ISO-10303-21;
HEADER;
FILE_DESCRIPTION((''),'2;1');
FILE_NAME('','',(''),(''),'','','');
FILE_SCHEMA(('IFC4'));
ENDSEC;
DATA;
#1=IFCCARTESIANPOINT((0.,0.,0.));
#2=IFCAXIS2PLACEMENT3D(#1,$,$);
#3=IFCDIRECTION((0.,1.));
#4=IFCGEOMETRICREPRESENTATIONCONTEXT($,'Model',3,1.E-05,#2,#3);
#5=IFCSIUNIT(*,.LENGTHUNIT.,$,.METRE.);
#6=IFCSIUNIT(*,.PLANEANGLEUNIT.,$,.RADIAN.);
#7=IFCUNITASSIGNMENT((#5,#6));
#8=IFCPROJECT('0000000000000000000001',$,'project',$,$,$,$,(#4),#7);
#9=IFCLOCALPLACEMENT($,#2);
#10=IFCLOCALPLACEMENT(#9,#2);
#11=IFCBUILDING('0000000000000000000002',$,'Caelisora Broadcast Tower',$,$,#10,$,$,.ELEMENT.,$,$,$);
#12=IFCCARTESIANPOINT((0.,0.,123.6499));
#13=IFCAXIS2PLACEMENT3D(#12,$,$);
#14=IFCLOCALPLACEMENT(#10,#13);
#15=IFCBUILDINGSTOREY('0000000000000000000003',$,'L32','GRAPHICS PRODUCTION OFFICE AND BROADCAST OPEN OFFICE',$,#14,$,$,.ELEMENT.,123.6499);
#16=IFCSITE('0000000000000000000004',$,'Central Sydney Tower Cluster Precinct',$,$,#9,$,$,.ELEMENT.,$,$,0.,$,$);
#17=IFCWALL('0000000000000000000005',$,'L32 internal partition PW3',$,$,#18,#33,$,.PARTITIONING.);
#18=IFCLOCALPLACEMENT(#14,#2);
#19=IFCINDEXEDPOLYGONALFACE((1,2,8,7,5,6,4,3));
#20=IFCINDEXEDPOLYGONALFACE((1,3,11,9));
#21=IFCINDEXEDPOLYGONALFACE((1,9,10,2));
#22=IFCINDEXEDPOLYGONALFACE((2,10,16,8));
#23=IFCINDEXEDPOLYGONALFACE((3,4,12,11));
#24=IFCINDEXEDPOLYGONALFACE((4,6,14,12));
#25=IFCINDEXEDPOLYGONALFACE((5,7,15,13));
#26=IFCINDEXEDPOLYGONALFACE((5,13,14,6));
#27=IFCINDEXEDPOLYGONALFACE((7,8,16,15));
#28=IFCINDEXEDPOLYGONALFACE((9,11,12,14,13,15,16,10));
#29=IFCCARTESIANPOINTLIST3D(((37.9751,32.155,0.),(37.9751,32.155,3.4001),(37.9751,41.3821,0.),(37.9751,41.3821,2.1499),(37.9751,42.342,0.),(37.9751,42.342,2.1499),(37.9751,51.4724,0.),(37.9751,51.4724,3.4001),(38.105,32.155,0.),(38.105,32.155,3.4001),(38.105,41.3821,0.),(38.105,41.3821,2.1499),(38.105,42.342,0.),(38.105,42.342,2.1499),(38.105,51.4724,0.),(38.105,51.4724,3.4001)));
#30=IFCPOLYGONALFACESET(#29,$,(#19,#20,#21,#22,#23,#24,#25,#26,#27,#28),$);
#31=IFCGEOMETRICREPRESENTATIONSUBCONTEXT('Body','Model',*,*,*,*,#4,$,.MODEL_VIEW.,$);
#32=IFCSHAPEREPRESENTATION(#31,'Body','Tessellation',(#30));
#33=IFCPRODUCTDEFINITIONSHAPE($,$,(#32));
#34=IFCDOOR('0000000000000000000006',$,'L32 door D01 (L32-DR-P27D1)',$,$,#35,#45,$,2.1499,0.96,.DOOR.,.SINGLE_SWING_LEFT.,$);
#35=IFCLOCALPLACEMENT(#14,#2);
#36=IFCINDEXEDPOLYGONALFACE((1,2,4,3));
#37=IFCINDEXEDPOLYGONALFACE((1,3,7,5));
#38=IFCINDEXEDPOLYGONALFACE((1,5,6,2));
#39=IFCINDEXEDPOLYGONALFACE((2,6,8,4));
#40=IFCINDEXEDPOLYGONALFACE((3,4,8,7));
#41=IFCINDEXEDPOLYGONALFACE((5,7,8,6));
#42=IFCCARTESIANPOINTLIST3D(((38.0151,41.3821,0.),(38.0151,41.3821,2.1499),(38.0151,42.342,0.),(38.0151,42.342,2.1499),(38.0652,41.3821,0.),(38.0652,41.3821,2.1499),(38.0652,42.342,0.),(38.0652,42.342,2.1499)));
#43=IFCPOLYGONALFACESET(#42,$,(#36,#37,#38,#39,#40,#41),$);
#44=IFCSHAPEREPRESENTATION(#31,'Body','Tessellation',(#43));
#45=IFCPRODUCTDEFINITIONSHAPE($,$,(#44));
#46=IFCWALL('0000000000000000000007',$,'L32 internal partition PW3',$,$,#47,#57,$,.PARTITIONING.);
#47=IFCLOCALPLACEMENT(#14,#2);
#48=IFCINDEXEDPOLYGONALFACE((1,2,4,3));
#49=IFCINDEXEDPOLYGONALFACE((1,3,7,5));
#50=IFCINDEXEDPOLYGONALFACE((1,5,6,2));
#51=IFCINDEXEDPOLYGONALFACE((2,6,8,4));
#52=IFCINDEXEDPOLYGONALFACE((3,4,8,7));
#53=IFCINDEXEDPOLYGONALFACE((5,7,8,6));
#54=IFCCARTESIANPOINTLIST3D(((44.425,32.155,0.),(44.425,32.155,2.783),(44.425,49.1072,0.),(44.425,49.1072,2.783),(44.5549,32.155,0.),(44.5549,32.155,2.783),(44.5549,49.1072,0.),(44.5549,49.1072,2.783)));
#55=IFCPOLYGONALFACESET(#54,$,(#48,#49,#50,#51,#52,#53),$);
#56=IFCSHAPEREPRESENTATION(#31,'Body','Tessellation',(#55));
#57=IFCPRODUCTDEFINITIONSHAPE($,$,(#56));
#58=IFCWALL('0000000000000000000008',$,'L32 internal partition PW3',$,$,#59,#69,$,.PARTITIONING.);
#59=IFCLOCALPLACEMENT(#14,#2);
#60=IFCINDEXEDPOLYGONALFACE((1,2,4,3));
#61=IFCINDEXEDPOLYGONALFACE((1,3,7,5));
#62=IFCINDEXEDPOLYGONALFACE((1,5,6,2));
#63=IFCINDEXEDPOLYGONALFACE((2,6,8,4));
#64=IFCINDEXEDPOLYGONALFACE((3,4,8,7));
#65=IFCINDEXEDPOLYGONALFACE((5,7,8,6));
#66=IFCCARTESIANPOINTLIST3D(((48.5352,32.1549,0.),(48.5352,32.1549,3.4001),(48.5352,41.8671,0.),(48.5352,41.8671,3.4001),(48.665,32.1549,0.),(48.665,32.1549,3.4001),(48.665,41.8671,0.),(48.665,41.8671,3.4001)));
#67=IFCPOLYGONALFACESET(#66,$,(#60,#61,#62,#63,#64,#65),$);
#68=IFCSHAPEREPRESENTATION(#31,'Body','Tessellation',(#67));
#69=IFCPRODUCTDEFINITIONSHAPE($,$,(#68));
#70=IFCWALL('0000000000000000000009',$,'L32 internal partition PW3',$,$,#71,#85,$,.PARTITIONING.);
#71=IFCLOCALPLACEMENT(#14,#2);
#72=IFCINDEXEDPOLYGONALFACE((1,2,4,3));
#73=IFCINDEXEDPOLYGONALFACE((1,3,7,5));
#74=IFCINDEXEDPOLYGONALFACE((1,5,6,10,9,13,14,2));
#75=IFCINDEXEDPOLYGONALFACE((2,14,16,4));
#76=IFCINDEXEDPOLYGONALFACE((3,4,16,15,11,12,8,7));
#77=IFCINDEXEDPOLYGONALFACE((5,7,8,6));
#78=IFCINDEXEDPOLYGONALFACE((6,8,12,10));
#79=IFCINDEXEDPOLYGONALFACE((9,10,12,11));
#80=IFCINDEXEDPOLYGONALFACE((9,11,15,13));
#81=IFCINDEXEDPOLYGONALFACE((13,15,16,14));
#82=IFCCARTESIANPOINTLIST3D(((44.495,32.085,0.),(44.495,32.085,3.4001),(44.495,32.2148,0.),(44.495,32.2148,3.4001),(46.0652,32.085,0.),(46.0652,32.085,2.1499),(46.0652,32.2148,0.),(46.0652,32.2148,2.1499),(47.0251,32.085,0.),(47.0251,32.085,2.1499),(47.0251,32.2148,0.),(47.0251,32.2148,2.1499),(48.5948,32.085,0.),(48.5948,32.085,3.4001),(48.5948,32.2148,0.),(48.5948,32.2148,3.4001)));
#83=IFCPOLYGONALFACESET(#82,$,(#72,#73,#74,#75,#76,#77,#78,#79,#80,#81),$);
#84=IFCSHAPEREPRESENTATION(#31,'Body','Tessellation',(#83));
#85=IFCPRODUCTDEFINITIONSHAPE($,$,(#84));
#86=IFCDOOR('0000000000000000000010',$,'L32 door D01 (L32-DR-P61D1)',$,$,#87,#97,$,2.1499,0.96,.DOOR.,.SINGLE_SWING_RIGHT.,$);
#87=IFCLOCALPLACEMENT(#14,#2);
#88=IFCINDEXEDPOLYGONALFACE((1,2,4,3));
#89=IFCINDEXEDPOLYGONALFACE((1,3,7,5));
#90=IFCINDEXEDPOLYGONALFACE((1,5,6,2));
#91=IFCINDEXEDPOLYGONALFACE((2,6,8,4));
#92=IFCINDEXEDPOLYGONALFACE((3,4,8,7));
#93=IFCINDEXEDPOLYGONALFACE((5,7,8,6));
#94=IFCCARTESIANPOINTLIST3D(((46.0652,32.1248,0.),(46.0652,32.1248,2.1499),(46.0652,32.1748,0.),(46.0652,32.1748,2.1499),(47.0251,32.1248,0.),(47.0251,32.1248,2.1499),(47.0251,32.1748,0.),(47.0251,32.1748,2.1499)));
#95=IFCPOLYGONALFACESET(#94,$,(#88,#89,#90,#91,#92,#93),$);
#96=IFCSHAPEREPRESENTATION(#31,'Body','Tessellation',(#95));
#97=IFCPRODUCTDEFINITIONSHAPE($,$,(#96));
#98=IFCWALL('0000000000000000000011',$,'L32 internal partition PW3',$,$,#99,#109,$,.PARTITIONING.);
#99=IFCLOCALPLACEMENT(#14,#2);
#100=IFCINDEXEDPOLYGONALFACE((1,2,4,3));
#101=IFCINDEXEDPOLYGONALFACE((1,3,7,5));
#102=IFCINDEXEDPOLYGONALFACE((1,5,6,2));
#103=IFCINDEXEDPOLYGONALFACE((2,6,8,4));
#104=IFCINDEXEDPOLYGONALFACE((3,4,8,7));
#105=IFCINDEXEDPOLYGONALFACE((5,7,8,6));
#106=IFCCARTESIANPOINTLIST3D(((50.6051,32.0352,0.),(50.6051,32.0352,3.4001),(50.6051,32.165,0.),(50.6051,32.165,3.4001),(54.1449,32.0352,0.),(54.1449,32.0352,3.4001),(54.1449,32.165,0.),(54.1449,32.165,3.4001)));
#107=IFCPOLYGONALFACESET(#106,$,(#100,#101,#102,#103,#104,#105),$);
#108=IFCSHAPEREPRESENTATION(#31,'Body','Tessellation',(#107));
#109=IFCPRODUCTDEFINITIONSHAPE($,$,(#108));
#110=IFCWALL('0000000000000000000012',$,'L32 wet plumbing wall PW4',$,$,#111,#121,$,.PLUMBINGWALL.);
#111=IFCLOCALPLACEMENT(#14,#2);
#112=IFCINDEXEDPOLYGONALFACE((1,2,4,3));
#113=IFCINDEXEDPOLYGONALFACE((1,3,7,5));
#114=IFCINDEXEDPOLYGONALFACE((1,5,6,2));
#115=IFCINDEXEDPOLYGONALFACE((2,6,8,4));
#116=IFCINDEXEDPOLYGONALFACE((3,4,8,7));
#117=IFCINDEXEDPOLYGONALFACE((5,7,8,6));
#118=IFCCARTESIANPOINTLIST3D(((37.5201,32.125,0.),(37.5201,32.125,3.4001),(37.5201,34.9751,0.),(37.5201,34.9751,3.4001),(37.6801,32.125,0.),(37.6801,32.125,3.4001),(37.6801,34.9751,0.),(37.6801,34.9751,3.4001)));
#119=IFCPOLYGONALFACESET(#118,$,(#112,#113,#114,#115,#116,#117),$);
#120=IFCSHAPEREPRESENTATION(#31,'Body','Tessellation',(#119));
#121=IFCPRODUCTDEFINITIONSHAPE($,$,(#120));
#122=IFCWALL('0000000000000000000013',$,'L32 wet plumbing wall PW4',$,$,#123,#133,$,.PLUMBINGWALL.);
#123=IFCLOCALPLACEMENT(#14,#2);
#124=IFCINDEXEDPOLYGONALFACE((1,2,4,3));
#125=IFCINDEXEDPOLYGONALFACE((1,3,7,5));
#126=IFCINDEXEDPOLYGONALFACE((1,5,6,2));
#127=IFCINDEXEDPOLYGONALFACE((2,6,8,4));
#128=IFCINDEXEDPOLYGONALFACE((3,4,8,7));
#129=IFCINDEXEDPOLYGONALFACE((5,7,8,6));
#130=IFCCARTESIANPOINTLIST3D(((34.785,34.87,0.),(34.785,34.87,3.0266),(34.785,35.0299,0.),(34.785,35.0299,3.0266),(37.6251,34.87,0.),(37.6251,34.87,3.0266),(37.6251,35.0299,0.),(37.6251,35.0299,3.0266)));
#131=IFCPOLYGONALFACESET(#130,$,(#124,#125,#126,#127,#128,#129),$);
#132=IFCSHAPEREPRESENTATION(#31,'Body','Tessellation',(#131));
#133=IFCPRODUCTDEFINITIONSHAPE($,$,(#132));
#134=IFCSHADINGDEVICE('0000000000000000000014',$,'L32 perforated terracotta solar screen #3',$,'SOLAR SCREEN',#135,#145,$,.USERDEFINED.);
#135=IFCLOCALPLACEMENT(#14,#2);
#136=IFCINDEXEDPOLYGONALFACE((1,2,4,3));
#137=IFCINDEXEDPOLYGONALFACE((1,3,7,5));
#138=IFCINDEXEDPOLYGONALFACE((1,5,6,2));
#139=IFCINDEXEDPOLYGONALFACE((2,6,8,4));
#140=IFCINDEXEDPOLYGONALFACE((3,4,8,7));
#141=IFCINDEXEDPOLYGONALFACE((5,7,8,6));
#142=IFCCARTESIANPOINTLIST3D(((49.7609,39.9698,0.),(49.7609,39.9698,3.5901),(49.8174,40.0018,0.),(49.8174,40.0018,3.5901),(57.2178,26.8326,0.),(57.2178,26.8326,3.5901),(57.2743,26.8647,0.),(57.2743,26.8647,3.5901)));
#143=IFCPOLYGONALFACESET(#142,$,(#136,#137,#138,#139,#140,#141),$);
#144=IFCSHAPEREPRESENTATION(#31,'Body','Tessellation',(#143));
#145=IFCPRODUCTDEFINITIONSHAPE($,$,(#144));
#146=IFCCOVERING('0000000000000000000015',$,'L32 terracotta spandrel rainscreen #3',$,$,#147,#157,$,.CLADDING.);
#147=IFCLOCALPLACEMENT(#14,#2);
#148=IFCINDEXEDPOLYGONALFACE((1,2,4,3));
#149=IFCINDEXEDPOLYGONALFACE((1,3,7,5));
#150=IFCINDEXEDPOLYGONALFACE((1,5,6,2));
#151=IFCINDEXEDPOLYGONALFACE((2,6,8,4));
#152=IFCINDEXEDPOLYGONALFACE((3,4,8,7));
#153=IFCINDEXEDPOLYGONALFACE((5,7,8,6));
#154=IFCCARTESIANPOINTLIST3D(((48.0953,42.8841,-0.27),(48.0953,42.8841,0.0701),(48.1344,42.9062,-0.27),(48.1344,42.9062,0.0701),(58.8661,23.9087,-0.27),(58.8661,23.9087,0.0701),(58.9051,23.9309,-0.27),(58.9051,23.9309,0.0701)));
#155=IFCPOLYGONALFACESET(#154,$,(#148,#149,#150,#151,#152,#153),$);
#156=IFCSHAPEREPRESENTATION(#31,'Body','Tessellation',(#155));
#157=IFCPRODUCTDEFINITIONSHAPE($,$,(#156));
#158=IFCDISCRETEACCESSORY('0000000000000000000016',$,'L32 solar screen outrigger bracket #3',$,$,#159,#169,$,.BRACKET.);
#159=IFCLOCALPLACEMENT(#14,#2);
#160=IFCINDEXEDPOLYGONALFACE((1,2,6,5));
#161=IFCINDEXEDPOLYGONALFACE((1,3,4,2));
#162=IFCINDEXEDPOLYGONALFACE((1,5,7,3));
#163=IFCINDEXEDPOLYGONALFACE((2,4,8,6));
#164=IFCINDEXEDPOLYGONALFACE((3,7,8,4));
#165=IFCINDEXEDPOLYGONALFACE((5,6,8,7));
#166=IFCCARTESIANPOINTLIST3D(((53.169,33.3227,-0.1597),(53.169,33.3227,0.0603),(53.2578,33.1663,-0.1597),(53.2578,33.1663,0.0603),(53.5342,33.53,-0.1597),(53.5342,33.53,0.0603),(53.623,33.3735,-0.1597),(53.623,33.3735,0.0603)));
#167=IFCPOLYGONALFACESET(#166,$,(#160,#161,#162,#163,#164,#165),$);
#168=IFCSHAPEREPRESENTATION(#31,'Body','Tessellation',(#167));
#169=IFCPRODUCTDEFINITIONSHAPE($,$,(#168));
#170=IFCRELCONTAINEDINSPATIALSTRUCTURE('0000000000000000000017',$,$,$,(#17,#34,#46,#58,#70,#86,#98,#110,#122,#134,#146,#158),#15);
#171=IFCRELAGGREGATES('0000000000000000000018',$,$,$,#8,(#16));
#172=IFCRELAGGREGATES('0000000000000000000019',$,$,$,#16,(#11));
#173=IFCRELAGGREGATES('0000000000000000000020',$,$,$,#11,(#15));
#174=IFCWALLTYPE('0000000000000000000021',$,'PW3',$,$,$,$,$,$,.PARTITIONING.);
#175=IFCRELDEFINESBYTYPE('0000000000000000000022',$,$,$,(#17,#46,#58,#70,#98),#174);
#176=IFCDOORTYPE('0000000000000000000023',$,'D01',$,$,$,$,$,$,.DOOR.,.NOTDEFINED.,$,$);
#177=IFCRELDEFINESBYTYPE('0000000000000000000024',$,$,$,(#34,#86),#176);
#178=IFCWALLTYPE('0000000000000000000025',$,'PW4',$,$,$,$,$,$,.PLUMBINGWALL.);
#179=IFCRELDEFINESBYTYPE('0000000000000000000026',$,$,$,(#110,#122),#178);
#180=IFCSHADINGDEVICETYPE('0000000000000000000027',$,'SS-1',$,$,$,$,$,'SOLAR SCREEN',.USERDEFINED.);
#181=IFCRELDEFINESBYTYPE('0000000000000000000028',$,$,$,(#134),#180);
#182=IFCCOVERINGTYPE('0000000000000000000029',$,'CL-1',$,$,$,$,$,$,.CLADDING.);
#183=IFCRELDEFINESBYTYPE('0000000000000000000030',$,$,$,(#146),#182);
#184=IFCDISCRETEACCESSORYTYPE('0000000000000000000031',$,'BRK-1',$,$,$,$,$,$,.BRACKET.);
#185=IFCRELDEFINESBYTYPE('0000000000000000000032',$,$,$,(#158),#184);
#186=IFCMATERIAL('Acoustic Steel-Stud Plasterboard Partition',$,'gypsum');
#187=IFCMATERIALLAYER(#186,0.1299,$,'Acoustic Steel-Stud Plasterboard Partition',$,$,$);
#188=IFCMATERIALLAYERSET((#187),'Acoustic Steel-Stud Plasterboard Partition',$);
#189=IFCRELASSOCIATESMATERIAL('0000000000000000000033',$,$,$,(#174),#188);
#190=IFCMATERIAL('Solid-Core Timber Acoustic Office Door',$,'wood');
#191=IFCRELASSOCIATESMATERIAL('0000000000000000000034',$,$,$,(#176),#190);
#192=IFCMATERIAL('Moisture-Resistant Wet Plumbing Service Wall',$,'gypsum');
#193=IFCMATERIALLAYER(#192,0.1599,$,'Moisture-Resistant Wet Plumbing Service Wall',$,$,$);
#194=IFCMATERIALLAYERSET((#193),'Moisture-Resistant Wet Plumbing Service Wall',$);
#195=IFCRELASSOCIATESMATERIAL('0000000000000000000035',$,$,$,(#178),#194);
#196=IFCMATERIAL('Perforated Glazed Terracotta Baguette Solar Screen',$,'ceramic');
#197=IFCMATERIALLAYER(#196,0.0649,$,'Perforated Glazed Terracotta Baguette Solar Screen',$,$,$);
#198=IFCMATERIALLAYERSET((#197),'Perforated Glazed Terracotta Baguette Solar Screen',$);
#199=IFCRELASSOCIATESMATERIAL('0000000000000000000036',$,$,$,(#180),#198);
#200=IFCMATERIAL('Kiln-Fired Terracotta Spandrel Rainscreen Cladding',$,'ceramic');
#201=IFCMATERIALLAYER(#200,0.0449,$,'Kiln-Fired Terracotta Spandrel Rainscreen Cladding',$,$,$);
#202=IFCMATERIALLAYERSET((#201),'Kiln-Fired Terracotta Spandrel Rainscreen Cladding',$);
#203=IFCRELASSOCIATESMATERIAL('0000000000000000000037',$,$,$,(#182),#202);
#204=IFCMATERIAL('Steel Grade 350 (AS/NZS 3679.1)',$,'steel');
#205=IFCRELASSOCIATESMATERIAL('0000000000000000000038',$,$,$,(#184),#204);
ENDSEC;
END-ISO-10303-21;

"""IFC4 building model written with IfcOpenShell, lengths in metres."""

from ifc_helpers import new_model, si_unit, direction, frame, frame_2d, origin, origin_2d, place, context, subcontext, project, spatial, rectangle, extrude, source, transform, mapped, material, layer, layer_set, type_object, type_shapes, element, fill, save


model = new_model("IFC4")

# Units and contexts
model_context = context("Model", 3, precision=1e-05, world=origin(), true_north=direction((0.0, 1.0)))
body_context = subcontext(model_context, "Body", "Model", "MODEL_VIEW")
ifc_project = project(units=[si_unit("LENGTHUNIT", "METRE"), si_unit("PLANEANGLEUNIT", "RADIAN")], contexts=[model_context])

# Site, building, storey
site_placement = place(None, origin())
site = spatial("IfcSite", under=ifc_project, at=site_placement, Name="Central Sydney Tower Cluster Precinct", CompositionType="ELEMENT", RefElevation=0.0)
building_placement = place(site_placement, origin())
building = spatial("IfcBuilding", under=site, at=building_placement, Name="Caelisora Broadcast Tower", CompositionType="ELEMENT")
storey_placement = place(building_placement, frame((0.0, 0.0, 123.6499)))
storey = spatial("IfcBuildingStorey", under=building, at=storey_placement, Name="L32", Description="GRAPHICS PRODUCTION OFFICE AND BROADCAST OPEN OFFICE", CompositionType="ELEMENT", Elevation=123.6499)

# Shared definitions
ifc_material_1 = material(Name="Steel Grade 350 (AS/NZS 3679.1)", Category="steel")

# Shared definitions
ifc_material_2 = material(Name="Acoustic Steel-Stud Plasterboard Partition", Category="gypsum")
ifc_layer_1 = layer(ifc_material_2, 0.1299, Name="Acoustic Steel-Stud Plasterboard Partition")
ifc_layer_set_1 = layer_set([ifc_layer_1], Name="Acoustic Steel-Stud Plasterboard Partition")
wall_type_1 = type_object("IfcWallType", Name="PW3", PredefinedType="PARTITIONING", material=ifc_layer_set_1)

# Wall, opening, door
wall_1_placement = place(storey_placement, frame((38.04, 32.155, 0.0), z_axis=(0.0, 0.0, 1.0), x_axis=(0.0, 1.0, 0.0)))
wall_1 = element("IfcWall", 1, at=wall_1_placement, inside=storey, type_object=wall_type_1, Name="L32 internal partition PW3", PredefinedType="PARTITIONING", context=body_context, shape_type="SweptSolid", body=[
    extrude(rectangle(XDim=19.3174, YDim=0.1299, at=frame_2d((9.6587, 0.0))), origin(), (0.0, 0.0, 1.0), 3.4001),
])
opening_1_placement = place(wall_1_placement, frame((9.2271, 0.0, 0.0)))
opening_1 = element("IfcOpeningElement", 2, at=opening_1_placement, cuts=wall_1, PredefinedType="OPENING", context=body_context, shape_type="SweptSolid", body=[
    extrude(rectangle(XDim=0.96, YDim=2.1499, at=frame_2d((0.48, 1.075))), frame((0.0, 0.0769, 0.0), z_axis=(0.0, -1.0, 0.0), x_axis=(1.0, 0.0, 0.0)), (0.0, 0.0, 1.0), 0.1538),
])
ifc_material_3 = material(Name="Solid-Core Timber Acoustic Office Door", Category="wood")
door_type = type_object("IfcDoorType", Name="D01", OperationType="NOTDEFINED", PredefinedType="DOOR", material=ifc_material_3)
door_1_placement = place(opening_1_placement, origin())
door_1 = element("IfcDoor", 3, at=door_1_placement, inside=storey, type_object=door_type, Name="L32 door D01 (L32-DR-P27D1)", OperationType="SINGLE_SWING_LEFT", OverallHeight=2.1499, OverallWidth=0.96, PredefinedType="DOOR", context=body_context, shape_type="SweptSolid", body=[
    extrude(rectangle(XDim=0.96, YDim=2.1499, at=frame_2d((0.48, 1.075))), frame((0.0, 0.0249, 0.0), z_axis=(0.0, -1.0, 0.0), x_axis=(1.0, 0.0, 0.0)), (0.0, 0.0, 1.0), 0.05),
])
fill(opening_1, door_1)

# Walls
wall_2_placement = place(storey_placement, frame((44.49, 32.155, 0.0), z_axis=(0.0, 0.0, 1.0), x_axis=(0.0, 1.0, 0.0)))
element("IfcWall", 4, at=wall_2_placement, inside=storey, type_object=wall_type_1, Name="L32 internal partition PW3", PredefinedType="PARTITIONING", context=body_context, shape_type="SweptSolid", body=[
    extrude(rectangle(XDim=16.9521, YDim=0.1299, at=frame_2d((8.4761, 0.0))), origin(), (0.0, 0.0, 1.0), 2.783),
])
wall_3_placement = place(storey_placement, frame((48.6001, 32.155, 0.0), z_axis=(0.0, 0.0, 1.0), x_axis=(0.0, 1.0, 0.0)))
element("IfcWall", 5, at=wall_3_placement, inside=storey, type_object=wall_type_1, Name="L32 internal partition PW3", PredefinedType="PARTITIONING", context=body_context, shape_type="SweptSolid", body=[
    extrude(rectangle(XDim=9.7122, YDim=0.1299, at=frame_2d((4.856, 0.0))), origin(), (0.0, 0.0, 1.0), 3.4001),
])

# Wall, opening, door
wall_4_placement = place(storey_placement, frame((44.4951, 32.1499, 0.0), z_axis=(0.0, 0.0, 1.0), x_axis=(1.0, 0.0, 0.0)))
wall_4 = element("IfcWall", 6, at=wall_4_placement, inside=storey, type_object=wall_type_1, Name="L32 internal partition PW3", PredefinedType="PARTITIONING", context=body_context, shape_type="SweptSolid", body=[
    extrude(rectangle(XDim=4.0999, YDim=0.1299, at=frame_2d((2.0498, 0.0))), origin(), (0.0, 0.0, 1.0), 3.4001),
])
opening_2_placement = place(wall_4_placement, frame((1.5701, 0.0, 0.0)))
opening_2 = element("IfcOpeningElement", 7, at=opening_2_placement, cuts=wall_4, PredefinedType="OPENING", context=body_context, shape_type="SweptSolid", body=[
    extrude(rectangle(XDim=0.96, YDim=2.1499, at=frame_2d((0.48, 1.075))), frame((0.0, 0.0769, 0.0), z_axis=(0.0, -1.0, 0.0), x_axis=(1.0, 0.0, 0.0)), (0.0, 0.0, 1.0), 0.1538),
])
door_2_placement = place(opening_2_placement, origin())
door_2 = element("IfcDoor", 8, at=door_2_placement, inside=storey, type_object=door_type, Name="L32 door D01 (L32-DR-P61D1)", OperationType="SINGLE_SWING_RIGHT", OverallHeight=2.1499, OverallWidth=0.96, PredefinedType="DOOR", context=body_context, shape_type="SweptSolid", body=[
    extrude(rectangle(XDim=0.96, YDim=2.1499, at=frame_2d((0.48, 1.075))), frame((0.0, 0.0249, 0.0), z_axis=(0.0, -1.0, 0.0), x_axis=(1.0, 0.0, 0.0)), (0.0, 0.0, 1.0), 0.05),
])
fill(opening_2, door_2)

# Wall
wall_5_placement = place(storey_placement, frame((50.605, 32.1001, 0.0), z_axis=(0.0, 0.0, 1.0), x_axis=(1.0, 0.0, 0.0)))
element("IfcWall", 9, at=wall_5_placement, inside=storey, type_object=wall_type_1, Name="L32 internal partition PW3", PredefinedType="PARTITIONING", context=body_context, shape_type="SweptSolid", body=[
    extrude(rectangle(XDim=3.5398, YDim=0.1299, at=frame_2d((1.77, 0.0))), origin(), (0.0, 0.0, 1.0), 3.4001),
])

# Walls
ifc_material_4 = material(Name="Moisture-Resistant Wet Plumbing Service Wall", Category="gypsum")
ifc_layer_2 = layer(ifc_material_4, 0.1599, Name="Moisture-Resistant Wet Plumbing Service Wall")
ifc_layer_set_2 = layer_set([ifc_layer_2], Name="Moisture-Resistant Wet Plumbing Service Wall")
wall_type_2 = type_object("IfcWallType", Name="PW4", PredefinedType="PLUMBINGWALL", material=ifc_layer_set_2)
wall_6_placement = place(storey_placement, frame((37.6001, 32.125, 0.0), z_axis=(0.0, 0.0, 1.0), x_axis=(0.0, 1.0, 0.0)))
element("IfcWall", 10, at=wall_6_placement, inside=storey, type_object=wall_type_2, Name="L32 wet plumbing wall PW4", PredefinedType="PLUMBINGWALL", context=body_context, shape_type="SweptSolid", body=[
    extrude(rectangle(XDim=2.8501, YDim=0.1599, at=frame_2d((1.425, 0.0))), origin(), (0.0, 0.0, 1.0), 3.4001),
])
wall_7_placement = place(storey_placement, frame((37.625, 34.95, 0.0), z_axis=(0.0, 0.0, 1.0), x_axis=(-1.0, 0.0, 0.0)))
element("IfcWall", 11, at=wall_7_placement, inside=storey, type_object=wall_type_2, Name="L32 wet plumbing wall PW4", PredefinedType="PLUMBINGWALL", context=body_context, shape_type="SweptSolid", body=[
    extrude(rectangle(XDim=2.8401, YDim=0.1599, at=frame_2d((1.4199, 0.0))), origin(), (0.0, 0.0, 1.0), 3.0266),
])

# Shading device
ifc_material_5 = material(Name="Perforated Glazed Terracotta Baguette Solar Screen", Category="ceramic")
ifc_layer_3 = layer(ifc_material_5, 0.0649, Name="Perforated Glazed Terracotta Baguette Solar Screen")
ifc_layer_set_3 = layer_set([ifc_layer_3], Name="Perforated Glazed Terracotta Baguette Solar Screen")
shading_device_type = type_object("IfcShadingDeviceType", Name="SS-1", ElementType="SOLAR SCREEN", PredefinedType="USERDEFINED", material=ifc_layer_set_3)
shared_shape_1 = source(origin(), body_context, "Body", "SweptSolid", [
    extrude(rectangle(XDim=15.106, YDim=0.0649, at=origin_2d()), origin(), (0.0, 0.0, 1.0), 3.5901),
])
type_shapes(shading_device_type, [shared_shape_1])
shading_device_placement = place(storey_placement, frame((53.5176, 33.4172, 0.0), z_axis=(0.0, 0.0, 1.0), x_axis=(-0.493638, 0.869667, 0.0)))
element("IfcShadingDevice", 12, at=shading_device_placement, inside=storey, type_object=shading_device_type, Name="L32 perforated terracotta solar screen #3", ObjectType="SOLAR SCREEN", PredefinedType="USERDEFINED", context=body_context, shape_type="MappedRepresentation", body=[
    mapped(shared_shape_1, transform((0.0, 0.0, 0.0), scale=1.0)),
])

# Covering
ifc_material_6 = material(Name="Kiln-Fired Terracotta Spandrel Rainscreen Cladding", Category="ceramic")
ifc_layer_4 = layer(ifc_material_6, 0.0449, Name="Kiln-Fired Terracotta Spandrel Rainscreen Cladding")
ifc_layer_set_4 = layer_set([ifc_layer_4], Name="Kiln-Fired Terracotta Spandrel Rainscreen Cladding")
covering_type = type_object("IfcCoveringType", Name="CL-1", PredefinedType="CLADDING", material=ifc_layer_set_4)
shared_shape_2 = source(origin(), body_context, "Body", "SweptSolid", [
    extrude(rectangle(XDim=21.8191, YDim=0.0449, at=origin_2d()), origin(), (0.0, 0.0, 1.0), 0.3401),
])
type_shapes(covering_type, [shared_shape_2])
covering_placement = place(storey_placement, frame((53.5002, 33.4075, -0.27), z_axis=(0.0, 0.0, 1.0), x_axis=(-0.493638, 0.869667, 0.0)))
element("IfcCovering", 13, at=covering_placement, inside=storey, type_object=covering_type, Name="L32 terracotta spandrel rainscreen #3", PredefinedType="CLADDING", context=body_context, shape_type="MappedRepresentation", body=[
    mapped(shared_shape_2, transform((0.0, 0.0, 0.0), scale=1.0)),
])

# Discrete accessory
discrete_accessory_type = type_object("IfcDiscreteAccessoryType", Name="BRK-1", PredefinedType="BRACKET", material=ifc_material_1)
shared_shape_3 = source(origin(), body_context, "Body", "SweptSolid", [
    extrude(rectangle(XDim=0.1799, YDim=0.4199, at=origin_2d()), origin(), (0.0, 0.0, 1.0), 0.22),
])
type_shapes(discrete_accessory_type, [shared_shape_3])
discrete_accessory_placement = place(storey_placement, frame((53.396, 33.3481, -0.1597), z_axis=(0.0, 0.0, 1.0), x_axis=(-0.493638, 0.869667, 0.0)))
element("IfcDiscreteAccessory", 14, at=discrete_accessory_placement, inside=storey, type_object=discrete_accessory_type, Name="L32 solar screen outrigger bracket #3", PredefinedType="BRACKET", context=body_context, shape_type="MappedRepresentation", body=[
    mapped(shared_shape_3, transform((0.0, 0.0, 0.0), scale=1.0)),
])

save(model, "model.ifc")
